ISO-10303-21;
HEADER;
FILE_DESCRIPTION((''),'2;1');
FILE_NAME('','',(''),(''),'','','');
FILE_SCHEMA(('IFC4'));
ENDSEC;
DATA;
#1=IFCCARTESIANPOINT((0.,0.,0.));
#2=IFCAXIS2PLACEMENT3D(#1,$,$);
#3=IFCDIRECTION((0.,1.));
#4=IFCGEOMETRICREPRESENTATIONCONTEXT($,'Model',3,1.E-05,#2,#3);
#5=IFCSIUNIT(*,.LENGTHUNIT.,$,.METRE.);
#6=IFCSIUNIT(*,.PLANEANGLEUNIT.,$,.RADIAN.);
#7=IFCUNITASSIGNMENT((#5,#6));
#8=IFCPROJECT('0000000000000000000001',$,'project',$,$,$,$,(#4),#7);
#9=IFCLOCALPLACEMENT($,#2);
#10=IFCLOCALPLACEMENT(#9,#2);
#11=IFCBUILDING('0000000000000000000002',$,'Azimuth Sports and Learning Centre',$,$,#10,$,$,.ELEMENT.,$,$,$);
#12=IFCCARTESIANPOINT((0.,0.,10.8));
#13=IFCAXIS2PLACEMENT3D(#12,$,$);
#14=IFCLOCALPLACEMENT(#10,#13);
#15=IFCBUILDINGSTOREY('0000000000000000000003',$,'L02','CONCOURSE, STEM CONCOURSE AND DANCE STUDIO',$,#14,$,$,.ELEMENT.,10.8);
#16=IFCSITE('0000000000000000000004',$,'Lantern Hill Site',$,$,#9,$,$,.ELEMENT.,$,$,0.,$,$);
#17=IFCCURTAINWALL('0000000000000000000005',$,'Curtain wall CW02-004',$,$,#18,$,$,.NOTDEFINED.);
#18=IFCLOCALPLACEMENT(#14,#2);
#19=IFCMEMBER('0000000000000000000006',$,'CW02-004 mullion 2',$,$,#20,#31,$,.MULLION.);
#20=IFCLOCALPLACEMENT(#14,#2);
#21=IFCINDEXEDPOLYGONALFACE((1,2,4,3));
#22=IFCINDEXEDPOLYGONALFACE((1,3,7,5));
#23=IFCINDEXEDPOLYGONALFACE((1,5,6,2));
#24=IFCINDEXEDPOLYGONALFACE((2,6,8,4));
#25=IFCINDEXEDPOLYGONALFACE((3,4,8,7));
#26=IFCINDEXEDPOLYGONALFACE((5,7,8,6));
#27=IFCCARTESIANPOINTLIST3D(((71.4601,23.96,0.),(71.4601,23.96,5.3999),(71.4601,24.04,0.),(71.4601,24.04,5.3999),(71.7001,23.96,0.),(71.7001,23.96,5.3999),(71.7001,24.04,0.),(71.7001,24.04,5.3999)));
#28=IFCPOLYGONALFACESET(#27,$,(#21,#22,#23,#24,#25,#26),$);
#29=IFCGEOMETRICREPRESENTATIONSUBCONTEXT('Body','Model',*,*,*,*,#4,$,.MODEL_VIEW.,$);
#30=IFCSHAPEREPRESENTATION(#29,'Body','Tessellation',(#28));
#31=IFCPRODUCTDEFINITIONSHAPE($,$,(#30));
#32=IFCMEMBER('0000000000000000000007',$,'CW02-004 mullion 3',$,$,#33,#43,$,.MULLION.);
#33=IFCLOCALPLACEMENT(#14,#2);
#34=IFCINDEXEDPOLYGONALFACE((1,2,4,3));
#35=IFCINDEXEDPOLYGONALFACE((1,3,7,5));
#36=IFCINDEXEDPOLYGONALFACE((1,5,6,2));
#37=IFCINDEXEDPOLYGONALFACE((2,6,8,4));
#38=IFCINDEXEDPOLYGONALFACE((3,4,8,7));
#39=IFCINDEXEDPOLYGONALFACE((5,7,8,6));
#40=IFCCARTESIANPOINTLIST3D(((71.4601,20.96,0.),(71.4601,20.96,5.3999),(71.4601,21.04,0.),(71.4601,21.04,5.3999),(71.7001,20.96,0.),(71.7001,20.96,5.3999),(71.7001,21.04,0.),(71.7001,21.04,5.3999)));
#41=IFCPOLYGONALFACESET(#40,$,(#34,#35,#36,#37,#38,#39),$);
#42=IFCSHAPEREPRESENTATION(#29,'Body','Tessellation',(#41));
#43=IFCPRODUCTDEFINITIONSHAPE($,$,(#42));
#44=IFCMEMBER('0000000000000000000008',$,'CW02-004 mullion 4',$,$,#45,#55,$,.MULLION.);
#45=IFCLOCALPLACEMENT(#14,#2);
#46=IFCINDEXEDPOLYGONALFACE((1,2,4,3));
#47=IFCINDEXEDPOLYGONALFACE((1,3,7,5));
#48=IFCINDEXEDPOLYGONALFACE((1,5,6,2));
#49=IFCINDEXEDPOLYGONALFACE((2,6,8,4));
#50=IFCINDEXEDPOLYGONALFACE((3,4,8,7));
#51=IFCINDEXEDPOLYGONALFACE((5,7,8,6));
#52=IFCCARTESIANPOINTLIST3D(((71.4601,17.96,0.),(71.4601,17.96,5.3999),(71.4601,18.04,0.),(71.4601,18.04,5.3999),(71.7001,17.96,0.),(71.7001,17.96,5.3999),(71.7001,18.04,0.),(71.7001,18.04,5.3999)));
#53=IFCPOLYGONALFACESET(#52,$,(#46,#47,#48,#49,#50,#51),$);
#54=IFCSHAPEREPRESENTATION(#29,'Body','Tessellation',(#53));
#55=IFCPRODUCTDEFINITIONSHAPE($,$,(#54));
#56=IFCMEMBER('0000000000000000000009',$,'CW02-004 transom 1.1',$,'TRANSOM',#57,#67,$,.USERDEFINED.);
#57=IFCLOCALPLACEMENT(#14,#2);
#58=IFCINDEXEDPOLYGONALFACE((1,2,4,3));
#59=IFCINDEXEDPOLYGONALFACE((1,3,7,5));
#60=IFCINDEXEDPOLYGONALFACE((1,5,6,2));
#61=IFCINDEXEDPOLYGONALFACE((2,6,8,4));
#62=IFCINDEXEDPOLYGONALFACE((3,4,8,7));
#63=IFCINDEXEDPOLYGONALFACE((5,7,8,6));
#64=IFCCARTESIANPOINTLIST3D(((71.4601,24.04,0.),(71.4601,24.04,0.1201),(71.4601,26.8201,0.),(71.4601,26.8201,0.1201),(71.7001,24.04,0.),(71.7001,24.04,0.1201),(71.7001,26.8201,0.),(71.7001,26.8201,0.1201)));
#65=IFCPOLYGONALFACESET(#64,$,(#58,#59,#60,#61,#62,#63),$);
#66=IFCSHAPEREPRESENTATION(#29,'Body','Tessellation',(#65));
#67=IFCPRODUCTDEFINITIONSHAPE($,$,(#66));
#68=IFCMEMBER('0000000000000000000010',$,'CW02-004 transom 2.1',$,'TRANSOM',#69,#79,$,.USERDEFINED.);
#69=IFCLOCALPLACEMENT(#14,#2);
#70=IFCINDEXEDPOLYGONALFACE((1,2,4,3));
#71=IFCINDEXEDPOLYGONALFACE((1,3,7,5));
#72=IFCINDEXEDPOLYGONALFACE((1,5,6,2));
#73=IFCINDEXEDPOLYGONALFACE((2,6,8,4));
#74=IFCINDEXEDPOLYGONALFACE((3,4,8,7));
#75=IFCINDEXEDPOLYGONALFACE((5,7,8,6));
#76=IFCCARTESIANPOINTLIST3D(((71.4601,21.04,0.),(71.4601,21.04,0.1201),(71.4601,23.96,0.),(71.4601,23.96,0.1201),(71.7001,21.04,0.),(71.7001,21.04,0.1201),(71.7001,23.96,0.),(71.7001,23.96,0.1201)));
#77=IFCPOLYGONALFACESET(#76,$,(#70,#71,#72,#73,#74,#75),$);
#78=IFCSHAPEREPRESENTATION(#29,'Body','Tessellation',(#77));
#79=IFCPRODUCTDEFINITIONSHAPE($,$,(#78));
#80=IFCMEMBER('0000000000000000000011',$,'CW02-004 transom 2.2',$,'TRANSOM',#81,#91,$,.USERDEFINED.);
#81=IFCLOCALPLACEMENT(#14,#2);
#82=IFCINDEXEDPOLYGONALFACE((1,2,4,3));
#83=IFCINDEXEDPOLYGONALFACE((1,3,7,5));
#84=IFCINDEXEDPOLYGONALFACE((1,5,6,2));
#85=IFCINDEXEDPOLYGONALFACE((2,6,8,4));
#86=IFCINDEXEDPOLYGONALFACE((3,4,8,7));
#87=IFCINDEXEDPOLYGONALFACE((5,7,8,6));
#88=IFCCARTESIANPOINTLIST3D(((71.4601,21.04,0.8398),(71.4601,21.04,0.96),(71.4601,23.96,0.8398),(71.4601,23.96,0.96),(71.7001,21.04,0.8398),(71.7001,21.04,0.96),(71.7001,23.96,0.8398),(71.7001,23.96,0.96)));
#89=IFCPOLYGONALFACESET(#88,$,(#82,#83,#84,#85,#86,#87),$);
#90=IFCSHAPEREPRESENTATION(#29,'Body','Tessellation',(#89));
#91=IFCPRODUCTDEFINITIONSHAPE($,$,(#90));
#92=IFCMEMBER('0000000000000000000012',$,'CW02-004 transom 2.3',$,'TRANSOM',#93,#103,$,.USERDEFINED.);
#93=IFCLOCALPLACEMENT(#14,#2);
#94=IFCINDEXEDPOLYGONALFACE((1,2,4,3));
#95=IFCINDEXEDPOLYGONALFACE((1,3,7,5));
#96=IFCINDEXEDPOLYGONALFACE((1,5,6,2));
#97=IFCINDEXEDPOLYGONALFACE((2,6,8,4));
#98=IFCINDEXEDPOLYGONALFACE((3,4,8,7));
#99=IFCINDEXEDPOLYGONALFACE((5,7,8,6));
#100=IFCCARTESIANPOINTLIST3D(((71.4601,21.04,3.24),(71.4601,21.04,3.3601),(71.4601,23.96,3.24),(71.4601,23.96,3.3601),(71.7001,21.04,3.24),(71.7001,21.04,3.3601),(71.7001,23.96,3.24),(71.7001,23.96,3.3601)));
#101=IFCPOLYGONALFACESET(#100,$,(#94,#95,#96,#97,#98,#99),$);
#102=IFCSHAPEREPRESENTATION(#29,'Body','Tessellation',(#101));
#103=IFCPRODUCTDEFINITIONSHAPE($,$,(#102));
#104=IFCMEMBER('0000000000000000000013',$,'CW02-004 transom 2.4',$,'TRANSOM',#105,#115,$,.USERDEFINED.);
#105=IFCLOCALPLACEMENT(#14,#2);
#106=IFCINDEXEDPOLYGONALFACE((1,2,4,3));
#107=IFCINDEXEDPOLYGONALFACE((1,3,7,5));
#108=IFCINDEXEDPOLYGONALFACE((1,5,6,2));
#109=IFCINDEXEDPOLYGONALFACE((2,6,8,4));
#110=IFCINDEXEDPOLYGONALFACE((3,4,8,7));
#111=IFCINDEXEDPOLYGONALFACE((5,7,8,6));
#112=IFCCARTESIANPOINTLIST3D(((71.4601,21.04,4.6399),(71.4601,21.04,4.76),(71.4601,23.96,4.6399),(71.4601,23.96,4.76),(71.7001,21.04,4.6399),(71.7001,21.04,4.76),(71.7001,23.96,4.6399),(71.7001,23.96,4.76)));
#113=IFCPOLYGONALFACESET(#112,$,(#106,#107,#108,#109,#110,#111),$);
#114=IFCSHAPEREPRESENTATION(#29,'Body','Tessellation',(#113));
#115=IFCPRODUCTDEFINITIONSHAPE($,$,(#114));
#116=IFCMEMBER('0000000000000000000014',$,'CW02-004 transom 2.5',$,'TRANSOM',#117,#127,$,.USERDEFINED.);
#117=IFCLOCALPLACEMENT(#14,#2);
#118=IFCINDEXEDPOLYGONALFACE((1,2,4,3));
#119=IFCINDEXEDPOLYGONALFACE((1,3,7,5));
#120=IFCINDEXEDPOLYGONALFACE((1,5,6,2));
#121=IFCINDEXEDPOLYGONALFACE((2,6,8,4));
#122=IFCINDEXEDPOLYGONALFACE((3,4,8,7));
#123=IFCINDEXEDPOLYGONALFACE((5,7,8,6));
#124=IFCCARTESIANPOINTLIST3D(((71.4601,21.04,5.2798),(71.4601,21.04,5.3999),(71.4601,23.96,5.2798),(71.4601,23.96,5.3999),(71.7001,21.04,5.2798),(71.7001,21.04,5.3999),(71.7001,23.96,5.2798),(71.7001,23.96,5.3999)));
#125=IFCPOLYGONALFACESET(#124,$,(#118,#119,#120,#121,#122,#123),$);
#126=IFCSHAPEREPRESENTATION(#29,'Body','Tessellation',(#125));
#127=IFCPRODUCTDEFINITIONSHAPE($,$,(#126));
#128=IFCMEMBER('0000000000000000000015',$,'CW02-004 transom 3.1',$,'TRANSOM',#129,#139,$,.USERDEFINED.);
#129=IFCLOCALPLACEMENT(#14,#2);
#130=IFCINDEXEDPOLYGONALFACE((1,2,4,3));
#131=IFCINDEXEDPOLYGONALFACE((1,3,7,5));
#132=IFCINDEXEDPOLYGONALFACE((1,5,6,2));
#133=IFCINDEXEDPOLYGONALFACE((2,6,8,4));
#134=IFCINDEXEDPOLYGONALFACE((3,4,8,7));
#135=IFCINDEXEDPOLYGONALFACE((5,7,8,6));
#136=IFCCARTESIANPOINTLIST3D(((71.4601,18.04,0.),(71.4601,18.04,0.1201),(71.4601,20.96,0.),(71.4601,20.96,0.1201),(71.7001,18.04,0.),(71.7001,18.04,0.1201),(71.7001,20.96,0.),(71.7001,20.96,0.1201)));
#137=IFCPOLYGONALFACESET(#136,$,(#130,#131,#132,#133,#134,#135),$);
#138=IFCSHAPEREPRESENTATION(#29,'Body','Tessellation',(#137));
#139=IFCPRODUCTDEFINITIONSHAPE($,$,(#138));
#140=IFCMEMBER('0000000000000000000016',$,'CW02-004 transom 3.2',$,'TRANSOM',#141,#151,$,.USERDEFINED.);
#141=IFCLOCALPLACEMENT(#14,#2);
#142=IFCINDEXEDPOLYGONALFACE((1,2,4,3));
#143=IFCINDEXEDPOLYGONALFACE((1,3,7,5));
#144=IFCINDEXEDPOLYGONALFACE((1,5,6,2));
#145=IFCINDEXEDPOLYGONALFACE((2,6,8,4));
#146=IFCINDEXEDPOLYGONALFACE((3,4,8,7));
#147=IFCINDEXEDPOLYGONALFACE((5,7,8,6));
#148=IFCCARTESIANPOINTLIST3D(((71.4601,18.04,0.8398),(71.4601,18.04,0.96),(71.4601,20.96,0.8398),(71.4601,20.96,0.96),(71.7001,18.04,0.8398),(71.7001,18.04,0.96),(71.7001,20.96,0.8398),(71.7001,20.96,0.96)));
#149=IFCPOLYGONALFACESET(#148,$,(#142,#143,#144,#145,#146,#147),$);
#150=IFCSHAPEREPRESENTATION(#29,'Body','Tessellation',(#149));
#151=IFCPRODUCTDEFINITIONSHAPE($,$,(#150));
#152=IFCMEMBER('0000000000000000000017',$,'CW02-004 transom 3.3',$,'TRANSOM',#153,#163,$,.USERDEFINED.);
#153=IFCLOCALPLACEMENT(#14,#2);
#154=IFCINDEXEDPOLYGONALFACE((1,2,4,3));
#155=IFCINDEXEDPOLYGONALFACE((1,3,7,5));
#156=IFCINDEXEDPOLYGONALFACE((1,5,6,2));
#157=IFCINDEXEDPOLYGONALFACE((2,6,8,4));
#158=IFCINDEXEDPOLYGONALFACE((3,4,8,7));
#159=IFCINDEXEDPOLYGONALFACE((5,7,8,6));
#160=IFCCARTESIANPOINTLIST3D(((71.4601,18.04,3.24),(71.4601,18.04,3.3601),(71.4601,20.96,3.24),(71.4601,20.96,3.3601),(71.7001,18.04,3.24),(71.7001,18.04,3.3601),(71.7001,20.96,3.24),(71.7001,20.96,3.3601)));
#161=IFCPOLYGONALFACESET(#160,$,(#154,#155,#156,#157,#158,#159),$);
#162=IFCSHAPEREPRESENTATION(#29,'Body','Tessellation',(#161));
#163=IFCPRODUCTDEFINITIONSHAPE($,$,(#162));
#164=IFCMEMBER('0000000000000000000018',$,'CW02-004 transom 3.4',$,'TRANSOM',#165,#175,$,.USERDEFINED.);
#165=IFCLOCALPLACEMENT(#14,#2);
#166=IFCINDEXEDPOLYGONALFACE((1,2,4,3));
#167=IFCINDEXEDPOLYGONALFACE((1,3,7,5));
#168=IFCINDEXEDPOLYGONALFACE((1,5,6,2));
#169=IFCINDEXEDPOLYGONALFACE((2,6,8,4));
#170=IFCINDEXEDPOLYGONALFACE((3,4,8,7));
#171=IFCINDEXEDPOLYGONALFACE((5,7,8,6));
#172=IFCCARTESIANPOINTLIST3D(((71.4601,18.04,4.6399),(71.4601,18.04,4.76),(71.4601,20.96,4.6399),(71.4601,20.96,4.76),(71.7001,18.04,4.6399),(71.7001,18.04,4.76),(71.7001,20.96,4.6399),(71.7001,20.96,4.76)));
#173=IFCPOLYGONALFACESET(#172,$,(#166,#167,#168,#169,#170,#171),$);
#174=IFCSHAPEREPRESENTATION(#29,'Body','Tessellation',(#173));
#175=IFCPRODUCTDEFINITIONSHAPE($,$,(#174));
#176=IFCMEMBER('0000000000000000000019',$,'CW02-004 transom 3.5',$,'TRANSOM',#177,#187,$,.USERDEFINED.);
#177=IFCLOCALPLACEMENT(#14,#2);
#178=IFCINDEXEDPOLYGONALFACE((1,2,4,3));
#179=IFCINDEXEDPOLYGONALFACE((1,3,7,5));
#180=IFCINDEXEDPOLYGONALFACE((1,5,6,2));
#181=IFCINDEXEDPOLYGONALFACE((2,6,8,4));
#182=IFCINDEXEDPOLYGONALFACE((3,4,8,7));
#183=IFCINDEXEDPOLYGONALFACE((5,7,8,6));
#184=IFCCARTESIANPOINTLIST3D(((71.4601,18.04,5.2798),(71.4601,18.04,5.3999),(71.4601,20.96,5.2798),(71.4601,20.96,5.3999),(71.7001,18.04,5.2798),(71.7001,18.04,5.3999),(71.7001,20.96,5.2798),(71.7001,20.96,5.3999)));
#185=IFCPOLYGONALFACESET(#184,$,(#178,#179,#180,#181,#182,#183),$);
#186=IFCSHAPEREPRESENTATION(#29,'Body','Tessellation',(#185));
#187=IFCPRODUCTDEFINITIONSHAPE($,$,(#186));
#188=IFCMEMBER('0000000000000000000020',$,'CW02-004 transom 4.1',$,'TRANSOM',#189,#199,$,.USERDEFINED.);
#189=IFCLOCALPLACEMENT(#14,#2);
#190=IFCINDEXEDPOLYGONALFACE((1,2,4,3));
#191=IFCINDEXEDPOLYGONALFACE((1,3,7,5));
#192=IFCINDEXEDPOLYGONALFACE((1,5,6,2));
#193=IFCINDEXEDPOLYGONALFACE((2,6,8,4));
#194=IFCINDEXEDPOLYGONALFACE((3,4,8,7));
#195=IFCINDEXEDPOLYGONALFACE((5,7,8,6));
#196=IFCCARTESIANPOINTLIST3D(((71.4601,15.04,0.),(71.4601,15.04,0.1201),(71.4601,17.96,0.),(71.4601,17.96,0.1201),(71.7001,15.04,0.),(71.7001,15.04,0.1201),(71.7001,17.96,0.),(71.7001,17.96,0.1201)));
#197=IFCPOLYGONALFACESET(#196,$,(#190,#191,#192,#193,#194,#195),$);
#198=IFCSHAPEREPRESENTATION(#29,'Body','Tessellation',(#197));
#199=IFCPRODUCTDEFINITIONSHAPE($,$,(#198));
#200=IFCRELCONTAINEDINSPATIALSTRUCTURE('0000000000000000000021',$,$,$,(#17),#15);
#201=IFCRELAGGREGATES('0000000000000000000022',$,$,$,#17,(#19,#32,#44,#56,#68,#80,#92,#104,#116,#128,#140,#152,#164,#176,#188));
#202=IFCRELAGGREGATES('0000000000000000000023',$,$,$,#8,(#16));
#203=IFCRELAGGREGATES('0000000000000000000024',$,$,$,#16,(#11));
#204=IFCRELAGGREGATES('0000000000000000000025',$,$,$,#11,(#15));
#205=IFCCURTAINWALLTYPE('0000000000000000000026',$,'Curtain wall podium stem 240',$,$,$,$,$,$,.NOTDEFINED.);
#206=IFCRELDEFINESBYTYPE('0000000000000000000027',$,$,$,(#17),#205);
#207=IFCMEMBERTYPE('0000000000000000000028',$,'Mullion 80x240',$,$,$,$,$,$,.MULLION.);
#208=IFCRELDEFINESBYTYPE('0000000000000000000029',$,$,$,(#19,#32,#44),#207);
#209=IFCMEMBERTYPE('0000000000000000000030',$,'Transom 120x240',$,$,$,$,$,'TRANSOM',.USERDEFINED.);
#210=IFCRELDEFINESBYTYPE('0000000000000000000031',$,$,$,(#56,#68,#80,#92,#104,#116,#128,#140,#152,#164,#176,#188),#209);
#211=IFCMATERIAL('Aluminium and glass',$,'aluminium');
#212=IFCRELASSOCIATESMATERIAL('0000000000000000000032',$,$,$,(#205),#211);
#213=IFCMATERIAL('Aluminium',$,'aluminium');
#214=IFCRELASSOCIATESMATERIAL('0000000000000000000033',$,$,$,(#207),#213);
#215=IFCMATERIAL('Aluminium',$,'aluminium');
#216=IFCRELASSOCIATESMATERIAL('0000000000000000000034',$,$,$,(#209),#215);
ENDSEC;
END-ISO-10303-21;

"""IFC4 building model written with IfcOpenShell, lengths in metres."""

from ifc_helpers import new_model, si_unit, direction, frame, origin, origin_2d, place, context, subcontext, project, spatial, rectangle, extrude, material, material_profile, profile_set, type_object, element, aggregate, save


model = new_model("IFC4")

# Units and contexts
model_context = context("Model", 3, precision=1e-05, world=origin(), true_north=direction((0.0, 1.0)))
body_context = subcontext(model_context, "Body", "Model", "MODEL_VIEW")
ifc_project = project(units=[si_unit("LENGTHUNIT", "METRE"), si_unit("PLANEANGLEUNIT", "RADIAN")], contexts=[model_context])

# Site, building, storey
site_placement = place(None, origin())
site = spatial("IfcSite", under=ifc_project, at=site_placement, Name="Lantern Hill Site", CompositionType="ELEMENT", RefElevation=0.0)
building_placement = place(site_placement, origin())
building = spatial("IfcBuilding", under=site, at=building_placement, Name="Azimuth Sports and Learning Centre", CompositionType="ELEMENT")
storey_placement = place(building_placement, frame((0.0, 0.0, 10.8)))
storey = spatial("IfcBuildingStorey", under=building, at=storey_placement, Name="L02", Description="CONCOURSE, STEM CONCOURSE AND DANCE STUDIO", CompositionType="ELEMENT", Elevation=10.8)

# Curtain wall, members
ifc_material_1 = material(Name="Aluminium and glass", Category="aluminium")
curtain_wall_type = type_object("IfcCurtainWallType", Name="Curtain wall podium stem 240", PredefinedType="NOTDEFINED", material=ifc_material_1)
curtain_wall_placement = place(storey_placement, origin())
curtain_wall = element("IfcCurtainWall", 1, at=curtain_wall_placement, inside=storey, type_object=curtain_wall_type, Name="Curtain wall CW02-004", PredefinedType="NOTDEFINED")
ifc_material_2 = material(Name="Aluminium", Category="aluminium")
ifc_material_profile_1 = material_profile(ifc_material_2, rectangle(XDim=0.24, YDim=0.0801, at=origin_2d()), Name="Mullion 80x240")
ifc_profile_set_1 = profile_set([ifc_material_profile_1], Name="Aluminium")
member_type_1 = type_object("IfcMemberType", Name="Mullion 80x240", PredefinedType="MULLION", material=ifc_profile_set_1)
member_1_placement = place(storey_placement, frame((71.5801, 24.0, 0.0), z_axis=(0.0, 0.0, 1.0), x_axis=(1.0, 0.0, 0.0)))
member_1 = element("IfcMember", 2, at=member_1_placement, type_object=member_type_1, Name="CW02-004 mullion 2", PredefinedType="MULLION", context=body_context, shape_type="SweptSolid", body=[
    extrude(rectangle(XDim=0.24, YDim=0.0801, at=origin_2d()), origin(), (0.0, 0.0, 1.0), 5.3999),
])
member_2_placement = place(storey_placement, frame((71.5801, 21.0, 0.0), z_axis=(0.0, 0.0, 1.0), x_axis=(1.0, 0.0, 0.0)))
member_2 = element("IfcMember", 3, at=member_2_placement, type_object=member_type_1, Name="CW02-004 mullion 3", PredefinedType="MULLION", context=body_context, shape_type="SweptSolid", body=[
    extrude(rectangle(XDim=0.24, YDim=0.0801, at=origin_2d()), origin(), (0.0, 0.0, 1.0), 5.3999),
])
member_3_placement = place(storey_placement, frame((71.5801, 18.0, 0.0), z_axis=(0.0, 0.0, 1.0), x_axis=(1.0, 0.0, 0.0)))
member_3 = element("IfcMember", 4, at=member_3_placement, type_object=member_type_1, Name="CW02-004 mullion 4", PredefinedType="MULLION", context=body_context, shape_type="SweptSolid", body=[
    extrude(rectangle(XDim=0.24, YDim=0.0801, at=origin_2d()), origin(), (0.0, 0.0, 1.0), 5.3999),
])
ifc_material_3 = material(Name="Aluminium", Category="aluminium")
ifc_material_profile_2 = material_profile(ifc_material_3, rectangle(XDim=0.24, YDim=0.1201, at=origin_2d()), Name="Transom 120x240")
ifc_profile_set_2 = profile_set([ifc_material_profile_2], Name="Aluminium")
member_type_2 = type_object("IfcMemberType", Name="Transom 120x240", ElementType="TRANSOM", PredefinedType="USERDEFINED", material=ifc_profile_set_2)
member_4_placement = place(storey_placement, frame((71.5801, 26.8201, 0.0601), z_axis=(0.0, -1.0, 0.0), x_axis=(1.0, 0.0, 0.0)))
member_4 = element("IfcMember", 5, at=member_4_placement, type_object=member_type_2, Name="CW02-004 transom 1.1", ObjectType="TRANSOM", PredefinedType="USERDEFINED", context=body_context, shape_type="SweptSolid", body=[
    extrude(rectangle(XDim=0.24, YDim=0.1201, at=origin_2d()), origin(), (0.0, 0.0, 1.0), 2.78),
])
member_5_placement = place(storey_placement, frame((71.5801, 23.96, 0.0601), z_axis=(0.0, -1.0, 0.0), x_axis=(1.0, 0.0, 0.0)))
member_5 = element("IfcMember", 6, at=member_5_placement, type_object=member_type_2, Name="CW02-004 transom 2.1", ObjectType="TRANSOM", PredefinedType="USERDEFINED", context=body_context, shape_type="SweptSolid", body=[
    extrude(rectangle(XDim=0.24, YDim=0.1201, at=origin_2d()), origin(), (0.0, 0.0, 1.0), 2.9199),
])
member_6_placement = place(storey_placement, frame((71.5801, 23.96, 0.8999), z_axis=(0.0, -1.0, 0.0), x_axis=(1.0, 0.0, 0.0)))
member_6 = element("IfcMember", 7, at=member_6_placement, type_object=member_type_2, Name="CW02-004 transom 2.2", ObjectType="TRANSOM", PredefinedType="USERDEFINED", context=body_context, shape_type="SweptSolid", body=[
    extrude(rectangle(XDim=0.24, YDim=0.1201, at=origin_2d()), origin(), (0.0, 0.0, 1.0), 2.9199),
])
member_7_placement = place(storey_placement, frame((71.5801, 23.96, 3.3), z_axis=(0.0, -1.0, 0.0), x_axis=(1.0, 0.0, 0.0)))
member_7 = element("IfcMember", 8, at=member_7_placement, type_object=member_type_2, Name="CW02-004 transom 2.3", ObjectType="TRANSOM", PredefinedType="USERDEFINED", context=body_context, shape_type="SweptSolid", body=[
    extrude(rectangle(XDim=0.24, YDim=0.1201, at=origin_2d()), origin(), (0.0, 0.0, 1.0), 2.9199),
])
member_8_placement = place(storey_placement, frame((71.5801, 23.96, 4.7), z_axis=(0.0, -1.0, 0.0), x_axis=(1.0, 0.0, 0.0)))
member_8 = element("IfcMember", 9, at=member_8_placement, type_object=member_type_2, Name="CW02-004 transom 2.4", ObjectType="TRANSOM", PredefinedType="USERDEFINED", context=body_context, shape_type="SweptSolid", body=[
    extrude(rectangle(XDim=0.24, YDim=0.1201, at=origin_2d()), origin(), (0.0, 0.0, 1.0), 2.9199),
])
member_9_placement = place(storey_placement, frame((71.5801, 23.96, 5.3398), z_axis=(0.0, -1.0, 0.0), x_axis=(1.0, 0.0, 0.0)))
member_9 = element("IfcMember", 10, at=member_9_placement, type_object=member_type_2, Name="CW02-004 transom 2.5", ObjectType="TRANSOM", PredefinedType="USERDEFINED", context=body_context, shape_type="SweptSolid", body=[
    extrude(rectangle(XDim=0.24, YDim=0.1201, at=origin_2d()), origin(), (0.0, 0.0, 1.0), 2.9199),
])
member_10_placement = place(storey_placement, frame((71.5801, 20.96, 0.0601), z_axis=(0.0, -1.0, 0.0), x_axis=(1.0, 0.0, 0.0)))
member_10 = element("IfcMember", 11, at=member_10_placement, type_object=member_type_2, Name="CW02-004 transom 3.1", ObjectType="TRANSOM", PredefinedType="USERDEFINED", context=body_context, shape_type="SweptSolid", body=[
    extrude(rectangle(XDim=0.24, YDim=0.1201, at=origin_2d()), origin(), (0.0, 0.0, 1.0), 2.9199),
])
member_11_placement = place(storey_placement, frame((71.5801, 20.96, 0.8999), z_axis=(0.0, -1.0, 0.0), x_axis=(1.0, 0.0, 0.0)))
member_11 = element("IfcMember", 12, at=member_11_placement, type_object=member_type_2, Name="CW02-004 transom 3.2", ObjectType="TRANSOM", PredefinedType="USERDEFINED", context=body_context, shape_type="SweptSolid", body=[
    extrude(rectangle(XDim=0.24, YDim=0.1201, at=origin_2d()), origin(), (0.0, 0.0, 1.0), 2.9199),
])
member_12_placement = place(storey_placement, frame((71.5801, 20.96, 3.3), z_axis=(0.0, -1.0, 0.0), x_axis=(1.0, 0.0, 0.0)))
member_12 = element("IfcMember", 13, at=member_12_placement, type_object=member_type_2, Name="CW02-004 transom 3.3", ObjectType="TRANSOM", PredefinedType="USERDEFINED", context=body_context, shape_type="SweptSolid", body=[
    extrude(rectangle(XDim=0.24, YDim=0.1201, at=origin_2d()), origin(), (0.0, 0.0, 1.0), 2.9199),
])
member_13_placement = place(storey_placement, frame((71.5801, 20.96, 4.7), z_axis=(0.0, -1.0, 0.0), x_axis=(1.0, 0.0, 0.0)))
member_13 = element("IfcMember", 14, at=member_13_placement, type_object=member_type_2, Name="CW02-004 transom 3.4", ObjectType="TRANSOM", PredefinedType="USERDEFINED", context=body_context, shape_type="SweptSolid", body=[
    extrude(rectangle(XDim=0.24, YDim=0.1201, at=origin_2d()), origin(), (0.0, 0.0, 1.0), 2.9199),
])
member_14_placement = place(storey_placement, frame((71.5801, 20.96, 5.3398), z_axis=(0.0, -1.0, 0.0), x_axis=(1.0, 0.0, 0.0)))
member_14 = element("IfcMember", 15, at=member_14_placement, type_object=member_type_2, Name="CW02-004 transom 3.5", ObjectType="TRANSOM", PredefinedType="USERDEFINED", context=body_context, shape_type="SweptSolid", body=[
    extrude(rectangle(XDim=0.24, YDim=0.1201, at=origin_2d()), origin(), (0.0, 0.0, 1.0), 2.9199),
])
member_15_placement = place(storey_placement, frame((71.5801, 17.96, 0.0601), z_axis=(0.0, -1.0, 0.0), x_axis=(1.0, 0.0, 0.0)))
member_15 = element("IfcMember", 16, at=member_15_placement, type_object=member_type_2, Name="CW02-004 transom 4.1", ObjectType="TRANSOM", PredefinedType="USERDEFINED", context=body_context, shape_type="SweptSolid", body=[
    extrude(rectangle(XDim=0.24, YDim=0.1201, at=origin_2d()), origin(), (0.0, 0.0, 1.0), 2.9199),
])
aggregate(curtain_wall, [member_1, member_2, member_3, member_4, member_5, member_6, member_7, member_8, member_9, member_10, member_11, member_12, member_13, member_14, member_15])

save(model, "model.ifc")
